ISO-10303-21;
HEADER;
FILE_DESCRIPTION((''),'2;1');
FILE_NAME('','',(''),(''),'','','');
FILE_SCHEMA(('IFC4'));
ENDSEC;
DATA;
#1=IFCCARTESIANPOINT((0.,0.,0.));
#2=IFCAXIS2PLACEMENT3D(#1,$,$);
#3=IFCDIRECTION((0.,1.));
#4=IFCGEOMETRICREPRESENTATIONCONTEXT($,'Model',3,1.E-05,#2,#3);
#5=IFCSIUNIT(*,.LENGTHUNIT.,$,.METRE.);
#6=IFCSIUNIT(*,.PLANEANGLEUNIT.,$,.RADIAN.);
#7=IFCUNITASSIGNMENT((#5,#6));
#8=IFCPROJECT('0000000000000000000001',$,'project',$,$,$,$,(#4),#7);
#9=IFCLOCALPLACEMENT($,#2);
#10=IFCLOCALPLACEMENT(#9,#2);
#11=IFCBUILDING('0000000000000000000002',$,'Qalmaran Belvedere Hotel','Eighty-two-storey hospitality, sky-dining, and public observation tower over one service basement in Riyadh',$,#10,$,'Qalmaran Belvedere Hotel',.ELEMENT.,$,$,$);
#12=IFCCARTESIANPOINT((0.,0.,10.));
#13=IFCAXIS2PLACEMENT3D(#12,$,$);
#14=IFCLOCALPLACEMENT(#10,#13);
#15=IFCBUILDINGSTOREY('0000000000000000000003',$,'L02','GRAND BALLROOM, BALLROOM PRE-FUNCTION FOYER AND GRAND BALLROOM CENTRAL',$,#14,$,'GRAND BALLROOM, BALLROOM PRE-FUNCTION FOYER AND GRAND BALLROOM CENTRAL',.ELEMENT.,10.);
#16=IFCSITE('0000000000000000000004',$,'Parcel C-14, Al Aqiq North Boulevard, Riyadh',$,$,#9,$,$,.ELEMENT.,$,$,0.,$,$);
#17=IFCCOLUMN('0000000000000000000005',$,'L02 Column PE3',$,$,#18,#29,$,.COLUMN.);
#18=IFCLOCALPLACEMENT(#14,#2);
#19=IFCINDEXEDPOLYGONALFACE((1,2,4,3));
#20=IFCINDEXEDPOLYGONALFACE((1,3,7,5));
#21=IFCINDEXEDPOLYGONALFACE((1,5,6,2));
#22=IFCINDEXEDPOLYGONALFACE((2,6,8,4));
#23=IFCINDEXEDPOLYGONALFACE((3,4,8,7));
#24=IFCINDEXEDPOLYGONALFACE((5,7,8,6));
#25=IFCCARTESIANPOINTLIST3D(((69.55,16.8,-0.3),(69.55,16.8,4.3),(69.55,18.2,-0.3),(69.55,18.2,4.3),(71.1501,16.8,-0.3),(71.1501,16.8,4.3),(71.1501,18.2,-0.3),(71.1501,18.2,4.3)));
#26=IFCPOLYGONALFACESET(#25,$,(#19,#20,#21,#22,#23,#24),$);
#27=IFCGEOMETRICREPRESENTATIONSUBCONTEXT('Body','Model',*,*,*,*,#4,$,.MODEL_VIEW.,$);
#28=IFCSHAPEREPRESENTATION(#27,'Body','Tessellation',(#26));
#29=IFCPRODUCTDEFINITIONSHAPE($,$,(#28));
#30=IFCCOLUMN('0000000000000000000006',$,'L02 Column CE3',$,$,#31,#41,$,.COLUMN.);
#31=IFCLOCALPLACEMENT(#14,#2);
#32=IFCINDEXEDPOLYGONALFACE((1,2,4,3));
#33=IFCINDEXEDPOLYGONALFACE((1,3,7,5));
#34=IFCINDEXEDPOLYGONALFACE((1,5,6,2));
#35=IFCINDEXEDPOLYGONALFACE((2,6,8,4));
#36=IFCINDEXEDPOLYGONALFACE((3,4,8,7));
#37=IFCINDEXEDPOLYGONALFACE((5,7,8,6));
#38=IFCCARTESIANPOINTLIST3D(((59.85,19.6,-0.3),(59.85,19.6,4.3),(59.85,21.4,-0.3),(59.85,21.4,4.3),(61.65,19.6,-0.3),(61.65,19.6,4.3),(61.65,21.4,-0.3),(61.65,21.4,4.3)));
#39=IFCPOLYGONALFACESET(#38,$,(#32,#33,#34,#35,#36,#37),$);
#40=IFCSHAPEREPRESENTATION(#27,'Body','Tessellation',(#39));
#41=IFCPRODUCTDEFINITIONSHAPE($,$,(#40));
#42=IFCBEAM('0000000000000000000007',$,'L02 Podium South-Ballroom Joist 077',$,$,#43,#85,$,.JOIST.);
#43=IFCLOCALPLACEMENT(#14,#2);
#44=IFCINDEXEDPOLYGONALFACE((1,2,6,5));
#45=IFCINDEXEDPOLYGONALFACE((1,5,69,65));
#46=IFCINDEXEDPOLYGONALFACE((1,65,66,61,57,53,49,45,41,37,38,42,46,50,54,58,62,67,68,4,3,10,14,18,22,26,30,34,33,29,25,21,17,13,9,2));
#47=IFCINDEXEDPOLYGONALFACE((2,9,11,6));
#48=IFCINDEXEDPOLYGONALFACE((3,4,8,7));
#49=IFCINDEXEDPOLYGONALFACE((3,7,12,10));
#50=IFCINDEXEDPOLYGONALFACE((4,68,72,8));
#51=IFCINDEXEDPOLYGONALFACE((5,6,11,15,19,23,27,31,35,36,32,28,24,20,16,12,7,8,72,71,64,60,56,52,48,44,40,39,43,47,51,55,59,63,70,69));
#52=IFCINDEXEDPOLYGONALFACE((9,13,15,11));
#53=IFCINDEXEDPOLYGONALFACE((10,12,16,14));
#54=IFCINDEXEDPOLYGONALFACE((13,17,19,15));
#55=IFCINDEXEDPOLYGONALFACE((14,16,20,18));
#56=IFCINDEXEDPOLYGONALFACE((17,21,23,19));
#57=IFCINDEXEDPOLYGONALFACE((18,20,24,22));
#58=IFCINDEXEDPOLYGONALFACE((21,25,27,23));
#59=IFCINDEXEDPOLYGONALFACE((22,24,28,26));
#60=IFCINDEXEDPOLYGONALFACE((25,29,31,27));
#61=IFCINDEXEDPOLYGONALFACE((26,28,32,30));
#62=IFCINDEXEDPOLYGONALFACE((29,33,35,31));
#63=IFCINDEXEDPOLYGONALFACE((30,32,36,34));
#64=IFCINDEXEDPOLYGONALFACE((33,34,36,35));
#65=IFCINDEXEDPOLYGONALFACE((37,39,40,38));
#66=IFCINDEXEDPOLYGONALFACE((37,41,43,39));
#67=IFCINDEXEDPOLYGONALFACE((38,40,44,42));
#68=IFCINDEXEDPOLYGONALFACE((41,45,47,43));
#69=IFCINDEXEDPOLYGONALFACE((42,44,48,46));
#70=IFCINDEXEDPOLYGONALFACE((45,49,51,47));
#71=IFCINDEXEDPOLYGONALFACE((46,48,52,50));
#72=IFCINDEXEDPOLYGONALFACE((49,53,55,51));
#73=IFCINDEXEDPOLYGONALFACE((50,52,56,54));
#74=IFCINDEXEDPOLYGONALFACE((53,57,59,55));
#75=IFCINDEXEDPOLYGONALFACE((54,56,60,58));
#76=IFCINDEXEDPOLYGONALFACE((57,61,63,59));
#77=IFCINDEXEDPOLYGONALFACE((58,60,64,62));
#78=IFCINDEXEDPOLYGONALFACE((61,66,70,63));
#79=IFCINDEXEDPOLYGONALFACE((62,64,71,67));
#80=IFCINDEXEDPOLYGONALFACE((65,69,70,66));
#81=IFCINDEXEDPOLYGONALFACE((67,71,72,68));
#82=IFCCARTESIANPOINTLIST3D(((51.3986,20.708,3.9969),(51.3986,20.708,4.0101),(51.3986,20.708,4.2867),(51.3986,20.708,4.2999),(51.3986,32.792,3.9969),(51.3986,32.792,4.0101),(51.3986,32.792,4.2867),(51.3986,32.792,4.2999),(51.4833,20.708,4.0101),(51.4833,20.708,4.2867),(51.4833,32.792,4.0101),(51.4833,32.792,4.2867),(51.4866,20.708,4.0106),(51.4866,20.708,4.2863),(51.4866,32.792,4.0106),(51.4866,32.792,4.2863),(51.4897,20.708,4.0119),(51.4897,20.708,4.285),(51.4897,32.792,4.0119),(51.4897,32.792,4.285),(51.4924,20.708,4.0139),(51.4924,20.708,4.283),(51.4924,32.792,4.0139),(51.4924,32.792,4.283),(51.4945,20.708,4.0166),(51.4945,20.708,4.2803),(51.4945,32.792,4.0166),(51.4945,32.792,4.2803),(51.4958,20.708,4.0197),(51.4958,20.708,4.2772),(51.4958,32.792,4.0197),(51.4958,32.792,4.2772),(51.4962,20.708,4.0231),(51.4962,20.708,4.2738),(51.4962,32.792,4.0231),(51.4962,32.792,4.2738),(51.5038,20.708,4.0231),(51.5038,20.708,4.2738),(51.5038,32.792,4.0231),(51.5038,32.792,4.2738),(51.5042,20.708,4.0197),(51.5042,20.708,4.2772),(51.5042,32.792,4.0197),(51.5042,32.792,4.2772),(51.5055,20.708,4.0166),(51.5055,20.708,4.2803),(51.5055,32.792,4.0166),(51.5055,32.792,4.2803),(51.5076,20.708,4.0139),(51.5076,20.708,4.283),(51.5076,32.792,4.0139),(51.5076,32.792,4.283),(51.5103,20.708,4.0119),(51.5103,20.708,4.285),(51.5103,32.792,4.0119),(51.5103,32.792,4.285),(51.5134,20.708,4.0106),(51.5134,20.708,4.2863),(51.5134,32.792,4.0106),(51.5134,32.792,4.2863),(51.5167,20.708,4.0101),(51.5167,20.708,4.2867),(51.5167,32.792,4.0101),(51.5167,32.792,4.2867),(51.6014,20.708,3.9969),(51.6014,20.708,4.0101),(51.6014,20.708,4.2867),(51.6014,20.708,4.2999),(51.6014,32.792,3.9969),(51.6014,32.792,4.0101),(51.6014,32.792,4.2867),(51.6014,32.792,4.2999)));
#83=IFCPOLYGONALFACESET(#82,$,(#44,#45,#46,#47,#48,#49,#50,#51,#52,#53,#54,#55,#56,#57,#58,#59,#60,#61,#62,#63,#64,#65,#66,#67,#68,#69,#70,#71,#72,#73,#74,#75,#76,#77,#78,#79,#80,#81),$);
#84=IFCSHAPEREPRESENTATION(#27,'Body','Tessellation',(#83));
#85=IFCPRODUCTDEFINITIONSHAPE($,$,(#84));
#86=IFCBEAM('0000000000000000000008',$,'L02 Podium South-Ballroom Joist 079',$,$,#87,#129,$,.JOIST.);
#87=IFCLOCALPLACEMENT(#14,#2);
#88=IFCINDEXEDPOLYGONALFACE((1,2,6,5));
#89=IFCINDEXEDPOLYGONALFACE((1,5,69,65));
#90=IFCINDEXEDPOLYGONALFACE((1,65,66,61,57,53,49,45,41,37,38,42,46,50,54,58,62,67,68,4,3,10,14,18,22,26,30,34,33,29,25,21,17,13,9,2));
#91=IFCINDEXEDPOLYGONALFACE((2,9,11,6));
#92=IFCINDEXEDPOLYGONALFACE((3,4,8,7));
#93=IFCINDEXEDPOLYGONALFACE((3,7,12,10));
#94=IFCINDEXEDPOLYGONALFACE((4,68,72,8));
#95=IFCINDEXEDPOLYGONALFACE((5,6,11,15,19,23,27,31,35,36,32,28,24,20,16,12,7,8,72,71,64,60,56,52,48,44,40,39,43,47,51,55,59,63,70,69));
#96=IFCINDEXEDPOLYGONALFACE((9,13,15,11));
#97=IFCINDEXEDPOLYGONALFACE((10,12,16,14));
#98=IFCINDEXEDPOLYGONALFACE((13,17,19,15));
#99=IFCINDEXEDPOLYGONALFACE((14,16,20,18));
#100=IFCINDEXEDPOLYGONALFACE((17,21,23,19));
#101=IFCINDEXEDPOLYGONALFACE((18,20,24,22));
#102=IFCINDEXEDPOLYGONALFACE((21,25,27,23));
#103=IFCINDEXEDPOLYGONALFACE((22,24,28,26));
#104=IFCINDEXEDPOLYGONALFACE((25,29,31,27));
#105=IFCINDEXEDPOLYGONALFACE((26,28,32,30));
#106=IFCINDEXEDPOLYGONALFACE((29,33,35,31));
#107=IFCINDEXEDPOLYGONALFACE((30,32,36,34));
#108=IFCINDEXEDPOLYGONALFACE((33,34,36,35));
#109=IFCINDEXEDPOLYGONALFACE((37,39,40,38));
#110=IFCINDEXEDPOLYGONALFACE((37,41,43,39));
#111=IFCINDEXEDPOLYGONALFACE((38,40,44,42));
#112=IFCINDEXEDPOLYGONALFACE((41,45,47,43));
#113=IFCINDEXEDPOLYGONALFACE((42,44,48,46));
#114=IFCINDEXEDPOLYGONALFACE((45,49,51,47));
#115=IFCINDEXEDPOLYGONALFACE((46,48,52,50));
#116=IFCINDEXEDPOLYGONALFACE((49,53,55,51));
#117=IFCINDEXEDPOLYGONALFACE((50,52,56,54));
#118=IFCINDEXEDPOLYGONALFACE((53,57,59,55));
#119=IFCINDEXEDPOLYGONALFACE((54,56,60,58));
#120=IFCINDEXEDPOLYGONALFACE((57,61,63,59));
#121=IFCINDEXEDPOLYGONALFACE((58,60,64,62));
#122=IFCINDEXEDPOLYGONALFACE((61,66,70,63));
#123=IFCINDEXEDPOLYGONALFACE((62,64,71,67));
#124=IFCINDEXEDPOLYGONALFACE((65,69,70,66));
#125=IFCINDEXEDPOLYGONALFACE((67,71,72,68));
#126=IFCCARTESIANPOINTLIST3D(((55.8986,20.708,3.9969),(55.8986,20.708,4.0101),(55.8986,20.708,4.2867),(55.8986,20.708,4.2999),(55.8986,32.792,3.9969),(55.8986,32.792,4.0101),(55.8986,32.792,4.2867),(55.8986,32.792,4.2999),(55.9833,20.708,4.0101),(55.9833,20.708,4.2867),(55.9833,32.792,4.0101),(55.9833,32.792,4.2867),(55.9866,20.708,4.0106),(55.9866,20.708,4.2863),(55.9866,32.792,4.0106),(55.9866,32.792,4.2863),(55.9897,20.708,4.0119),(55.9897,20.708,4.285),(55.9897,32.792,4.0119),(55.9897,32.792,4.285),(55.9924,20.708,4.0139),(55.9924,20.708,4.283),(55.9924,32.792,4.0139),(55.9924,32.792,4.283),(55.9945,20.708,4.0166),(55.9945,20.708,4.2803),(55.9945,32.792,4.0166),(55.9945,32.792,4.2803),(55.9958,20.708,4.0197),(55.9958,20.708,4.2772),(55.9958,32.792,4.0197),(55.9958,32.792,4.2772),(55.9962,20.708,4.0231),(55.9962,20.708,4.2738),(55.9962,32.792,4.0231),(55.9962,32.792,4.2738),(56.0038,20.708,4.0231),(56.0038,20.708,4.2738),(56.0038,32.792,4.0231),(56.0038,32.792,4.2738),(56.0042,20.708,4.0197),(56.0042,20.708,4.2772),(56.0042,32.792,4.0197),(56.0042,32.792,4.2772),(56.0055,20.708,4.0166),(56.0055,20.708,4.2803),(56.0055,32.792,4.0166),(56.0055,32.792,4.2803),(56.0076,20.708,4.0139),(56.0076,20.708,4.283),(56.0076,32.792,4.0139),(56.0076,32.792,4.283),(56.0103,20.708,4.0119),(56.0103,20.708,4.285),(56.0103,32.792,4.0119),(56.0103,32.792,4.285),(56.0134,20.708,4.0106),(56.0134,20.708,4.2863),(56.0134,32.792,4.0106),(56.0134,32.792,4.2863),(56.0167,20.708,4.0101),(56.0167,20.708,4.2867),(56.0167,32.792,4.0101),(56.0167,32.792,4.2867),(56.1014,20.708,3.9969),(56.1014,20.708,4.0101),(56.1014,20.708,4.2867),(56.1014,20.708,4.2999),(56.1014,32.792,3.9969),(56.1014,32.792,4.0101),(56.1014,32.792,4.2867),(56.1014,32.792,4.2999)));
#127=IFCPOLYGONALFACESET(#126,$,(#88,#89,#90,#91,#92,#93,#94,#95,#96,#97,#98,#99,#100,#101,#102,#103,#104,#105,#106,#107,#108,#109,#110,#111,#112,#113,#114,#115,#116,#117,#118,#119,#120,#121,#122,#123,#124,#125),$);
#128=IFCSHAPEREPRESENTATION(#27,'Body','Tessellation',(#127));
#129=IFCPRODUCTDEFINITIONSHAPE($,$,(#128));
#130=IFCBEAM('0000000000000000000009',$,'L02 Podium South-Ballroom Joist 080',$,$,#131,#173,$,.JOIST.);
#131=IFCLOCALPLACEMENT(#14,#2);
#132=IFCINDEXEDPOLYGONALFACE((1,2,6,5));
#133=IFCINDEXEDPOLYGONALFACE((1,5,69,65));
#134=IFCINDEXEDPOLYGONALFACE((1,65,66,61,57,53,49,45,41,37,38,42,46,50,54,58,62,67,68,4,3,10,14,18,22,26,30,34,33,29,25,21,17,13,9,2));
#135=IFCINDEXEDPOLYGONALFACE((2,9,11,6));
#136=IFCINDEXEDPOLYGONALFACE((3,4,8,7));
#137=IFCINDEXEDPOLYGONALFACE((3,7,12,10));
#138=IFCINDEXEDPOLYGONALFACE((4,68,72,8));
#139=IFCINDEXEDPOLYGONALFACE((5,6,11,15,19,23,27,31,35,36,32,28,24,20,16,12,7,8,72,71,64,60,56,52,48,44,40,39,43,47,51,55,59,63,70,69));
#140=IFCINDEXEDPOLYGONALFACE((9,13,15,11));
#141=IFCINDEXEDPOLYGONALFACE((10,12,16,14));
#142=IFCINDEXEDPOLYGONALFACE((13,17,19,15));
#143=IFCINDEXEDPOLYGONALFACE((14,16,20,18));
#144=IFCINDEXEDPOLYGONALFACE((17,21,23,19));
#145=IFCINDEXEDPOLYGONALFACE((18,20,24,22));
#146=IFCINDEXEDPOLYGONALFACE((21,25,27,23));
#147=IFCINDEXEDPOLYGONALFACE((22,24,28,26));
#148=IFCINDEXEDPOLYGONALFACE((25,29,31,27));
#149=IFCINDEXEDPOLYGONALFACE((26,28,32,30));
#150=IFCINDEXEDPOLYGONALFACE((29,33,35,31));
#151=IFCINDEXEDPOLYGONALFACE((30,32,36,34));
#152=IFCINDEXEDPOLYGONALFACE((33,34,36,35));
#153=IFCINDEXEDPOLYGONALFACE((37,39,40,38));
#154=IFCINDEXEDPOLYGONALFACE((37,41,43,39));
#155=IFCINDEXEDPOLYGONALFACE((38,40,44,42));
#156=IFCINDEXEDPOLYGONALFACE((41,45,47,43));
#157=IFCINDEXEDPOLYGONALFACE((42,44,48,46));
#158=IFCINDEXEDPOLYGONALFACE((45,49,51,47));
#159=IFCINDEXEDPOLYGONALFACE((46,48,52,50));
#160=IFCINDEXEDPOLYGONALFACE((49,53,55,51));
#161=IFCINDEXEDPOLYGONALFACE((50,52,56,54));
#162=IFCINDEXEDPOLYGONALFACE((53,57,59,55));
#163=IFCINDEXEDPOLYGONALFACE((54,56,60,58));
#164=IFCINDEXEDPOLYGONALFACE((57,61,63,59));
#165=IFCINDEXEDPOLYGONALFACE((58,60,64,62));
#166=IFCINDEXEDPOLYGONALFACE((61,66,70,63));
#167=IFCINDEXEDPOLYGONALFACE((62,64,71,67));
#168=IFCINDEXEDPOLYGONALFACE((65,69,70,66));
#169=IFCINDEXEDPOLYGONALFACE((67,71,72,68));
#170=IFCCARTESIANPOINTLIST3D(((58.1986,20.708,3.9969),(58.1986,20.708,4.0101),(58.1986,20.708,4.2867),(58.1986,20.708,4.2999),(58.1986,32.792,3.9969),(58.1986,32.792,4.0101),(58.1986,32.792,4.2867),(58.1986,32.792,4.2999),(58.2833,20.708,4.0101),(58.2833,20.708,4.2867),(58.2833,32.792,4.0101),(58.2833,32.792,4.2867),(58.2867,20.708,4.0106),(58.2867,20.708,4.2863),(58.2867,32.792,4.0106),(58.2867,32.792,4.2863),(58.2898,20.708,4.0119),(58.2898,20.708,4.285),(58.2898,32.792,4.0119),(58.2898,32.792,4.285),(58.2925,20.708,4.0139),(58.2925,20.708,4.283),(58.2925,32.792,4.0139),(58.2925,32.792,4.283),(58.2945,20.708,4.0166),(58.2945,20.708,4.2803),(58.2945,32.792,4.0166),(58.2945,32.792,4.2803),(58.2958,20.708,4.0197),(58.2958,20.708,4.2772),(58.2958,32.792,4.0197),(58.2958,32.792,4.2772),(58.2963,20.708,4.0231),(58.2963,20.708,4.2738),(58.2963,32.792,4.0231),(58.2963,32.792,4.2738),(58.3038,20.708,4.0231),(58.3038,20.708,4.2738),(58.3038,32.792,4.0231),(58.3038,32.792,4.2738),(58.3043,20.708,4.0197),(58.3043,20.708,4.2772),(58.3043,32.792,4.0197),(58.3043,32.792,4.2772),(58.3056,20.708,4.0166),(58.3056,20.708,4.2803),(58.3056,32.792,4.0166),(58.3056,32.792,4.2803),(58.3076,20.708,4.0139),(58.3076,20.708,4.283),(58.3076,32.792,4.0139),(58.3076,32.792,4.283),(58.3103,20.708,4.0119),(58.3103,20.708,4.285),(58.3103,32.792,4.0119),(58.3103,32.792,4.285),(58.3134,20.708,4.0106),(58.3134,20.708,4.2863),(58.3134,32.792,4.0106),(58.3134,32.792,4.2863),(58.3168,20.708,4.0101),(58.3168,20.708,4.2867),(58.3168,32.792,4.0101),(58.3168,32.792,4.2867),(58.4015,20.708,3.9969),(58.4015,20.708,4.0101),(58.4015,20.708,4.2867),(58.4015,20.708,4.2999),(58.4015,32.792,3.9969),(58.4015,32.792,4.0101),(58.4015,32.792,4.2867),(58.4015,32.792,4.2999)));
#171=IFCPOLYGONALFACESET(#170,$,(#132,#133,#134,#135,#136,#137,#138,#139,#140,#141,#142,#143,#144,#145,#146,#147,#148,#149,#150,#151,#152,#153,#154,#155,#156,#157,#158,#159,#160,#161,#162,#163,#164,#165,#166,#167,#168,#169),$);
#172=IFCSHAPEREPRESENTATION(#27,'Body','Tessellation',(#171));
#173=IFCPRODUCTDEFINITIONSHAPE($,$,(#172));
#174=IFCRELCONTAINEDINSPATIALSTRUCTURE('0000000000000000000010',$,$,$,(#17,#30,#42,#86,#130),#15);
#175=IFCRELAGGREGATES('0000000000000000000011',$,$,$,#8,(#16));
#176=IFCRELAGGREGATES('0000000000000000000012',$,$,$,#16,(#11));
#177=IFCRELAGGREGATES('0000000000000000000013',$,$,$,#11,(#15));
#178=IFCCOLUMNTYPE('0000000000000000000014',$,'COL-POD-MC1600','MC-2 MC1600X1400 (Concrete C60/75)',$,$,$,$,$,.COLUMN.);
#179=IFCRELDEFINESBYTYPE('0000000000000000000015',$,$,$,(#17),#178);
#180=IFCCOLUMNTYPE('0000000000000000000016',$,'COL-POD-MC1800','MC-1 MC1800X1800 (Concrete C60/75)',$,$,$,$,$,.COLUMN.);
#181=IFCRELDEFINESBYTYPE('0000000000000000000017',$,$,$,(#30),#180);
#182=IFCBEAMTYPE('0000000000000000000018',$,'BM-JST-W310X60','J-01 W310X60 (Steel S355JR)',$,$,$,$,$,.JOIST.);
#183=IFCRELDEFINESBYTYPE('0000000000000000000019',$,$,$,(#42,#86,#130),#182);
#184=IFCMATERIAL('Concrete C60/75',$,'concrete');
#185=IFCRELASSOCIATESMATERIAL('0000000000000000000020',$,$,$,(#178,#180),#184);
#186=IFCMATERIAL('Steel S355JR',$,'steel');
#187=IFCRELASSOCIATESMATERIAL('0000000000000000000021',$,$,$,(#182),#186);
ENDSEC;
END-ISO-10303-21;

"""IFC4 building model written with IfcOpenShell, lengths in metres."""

from ifc_helpers import new_model, si_unit, direction, frame, origin, origin_2d, place, context, subcontext, project, spatial, rectangle, i_section, extrude, material, material_profile, profile_set, type_object, element, save


model = new_model("IFC4")

# Units and contexts
model_context = context("Model", 3, precision=1e-05, world=origin(), true_north=direction((0.0, 1.0)))
body_context = subcontext(model_context, "Body", "Model", "MODEL_VIEW")
ifc_project = project(units=[si_unit("LENGTHUNIT", "METRE"), si_unit("PLANEANGLEUNIT", "RADIAN")], contexts=[model_context])

# Site, building, storey
site_placement = place(None, origin())
site = spatial("IfcSite", under=ifc_project, at=site_placement, Name="Parcel C-14, Al Aqiq North Boulevard, Riyadh", CompositionType="ELEMENT", RefElevation=0.0)
building_placement = place(site_placement, origin())
building = spatial("IfcBuilding", under=site, at=building_placement, Name="Qalmaran Belvedere Hotel", Description="Eighty-two-storey hospitality, sky-dining, and public observation tower over one service basement in Riyadh", LongName="Qalmaran Belvedere Hotel", CompositionType="ELEMENT")
storey_placement = place(building_placement, frame((0.0, 0.0, 10.0)))
storey = spatial("IfcBuildingStorey", under=building, at=storey_placement, Name="L02", Description="GRAND BALLROOM, BALLROOM PRE-FUNCTION FOYER AND GRAND BALLROOM CENTRAL", LongName="GRAND BALLROOM, BALLROOM PRE-FUNCTION FOYER AND GRAND BALLROOM CENTRAL", CompositionType="ELEMENT", Elevation=10.0)

# Columns
ifc_material_1 = material(Name="Concrete C60/75", Category="concrete")
ifc_material_profile_1 = material_profile(ifc_material_1, rectangle(XDim=1.6001, YDim=1.3999, at=origin_2d()), Name="MC1600X1400")
ifc_profile_set_1 = profile_set([ifc_material_profile_1], Name="Concrete C60/75")
column_type_1 = type_object("IfcColumnType", Name="COL-POD-MC1600", Description="MC-2 MC1600X1400 (Concrete C60/75)", PredefinedType="COLUMN", material=ifc_profile_set_1)
column_1_placement = place(storey_placement, frame((70.3501, 17.5, -0.3), z_axis=(0.0, 0.0, 1.0), x_axis=(1.0, 0.0, 0.0)))
element("IfcColumn", 1, at=column_1_placement, inside=storey, type_object=column_type_1, Name="L02 Column PE3", PredefinedType="COLUMN", context=body_context, shape_type="SweptSolid", body=[
    extrude(rectangle(XDim=1.6001, YDim=1.3999, at=origin_2d()), origin(), (0.0, 0.0, 1.0), 4.6001),
])
ifc_material_profile_2 = material_profile(ifc_material_1, rectangle(XDim=1.8, YDim=1.8, at=origin_2d()), Name="MC1800X1800")
ifc_profile_set_2 = profile_set([ifc_material_profile_2], Name="Concrete C60/75")
column_type_2 = type_object("IfcColumnType", Name="COL-POD-MC1800", Description="MC-1 MC1800X1800 (Concrete C60/75)", PredefinedType="COLUMN", material=ifc_profile_set_2)
column_2_placement = place(storey_placement, frame((60.75, 20.5, -0.3), z_axis=(0.0, 0.0, 1.0), x_axis=(1.0, 0.0, 0.0)))
element("IfcColumn", 2, at=column_2_placement, inside=storey, type_object=column_type_2, Name="L02 Column CE3", PredefinedType="COLUMN", context=body_context, shape_type="SweptSolid", body=[
    extrude(rectangle(XDim=1.8, YDim=1.8, at=origin_2d()), origin(), (0.0, 0.0, 1.0), 4.6001),
])

# Beams
ifc_material_2 = material(Name="Steel S355JR", Category="steel")
ifc_material_profile_3 = material_profile(ifc_material_2, i_section(OverallWidth=0.2029, OverallDepth=0.303, WebThickness=0.0076, FlangeThickness=0.0132, FilletRadius=0.0129, at=origin_2d()), Name="W310X60")
ifc_profile_set_3 = profile_set([ifc_material_profile_3], Name="Steel S355JR")
beam_type_1 = type_object("IfcBeamType", Name="BM-JST-W310X60", Description="J-01 W310X60 (Steel S355JR)", PredefinedType="JOIST", material=ifc_profile_set_3)
for number, where, z_axis, x_axis, name in (
    (3, (51.5, 20.708, 4.1484), (0.0, 1.0, 0.0), (-1.0, 0.0, 0.0), "L02 Podium South-Ballroom Joist 077"),
    (4, (56.0, 20.708, 4.1484), (0.0, 1.0, 0.0), (-1.0, 0.0, 0.0), "L02 Podium South-Ballroom Joist 079"),
    (5, (58.3, 20.708, 4.1484), (0.0, 1.0, 0.0), (-1.0, 0.0, 0.0), "L02 Podium South-Ballroom Joist 080"),
):
    element("IfcBeam", number, at=place(storey_placement, frame(where, z_axis=z_axis, x_axis=x_axis)), inside=storey, type_object=beam_type_1, Name=name, PredefinedType="JOIST", context=body_context, shape_type="SweptSolid", body=[
        extrude(i_section(OverallWidth=0.2029, OverallDepth=0.303, WebThickness=0.0076, FlangeThickness=0.0132, FilletRadius=0.0129, at=origin_2d()), origin(), (0.0, 0.0, 1.0), 12.084),
    ])

save(model, "model.ifc")
